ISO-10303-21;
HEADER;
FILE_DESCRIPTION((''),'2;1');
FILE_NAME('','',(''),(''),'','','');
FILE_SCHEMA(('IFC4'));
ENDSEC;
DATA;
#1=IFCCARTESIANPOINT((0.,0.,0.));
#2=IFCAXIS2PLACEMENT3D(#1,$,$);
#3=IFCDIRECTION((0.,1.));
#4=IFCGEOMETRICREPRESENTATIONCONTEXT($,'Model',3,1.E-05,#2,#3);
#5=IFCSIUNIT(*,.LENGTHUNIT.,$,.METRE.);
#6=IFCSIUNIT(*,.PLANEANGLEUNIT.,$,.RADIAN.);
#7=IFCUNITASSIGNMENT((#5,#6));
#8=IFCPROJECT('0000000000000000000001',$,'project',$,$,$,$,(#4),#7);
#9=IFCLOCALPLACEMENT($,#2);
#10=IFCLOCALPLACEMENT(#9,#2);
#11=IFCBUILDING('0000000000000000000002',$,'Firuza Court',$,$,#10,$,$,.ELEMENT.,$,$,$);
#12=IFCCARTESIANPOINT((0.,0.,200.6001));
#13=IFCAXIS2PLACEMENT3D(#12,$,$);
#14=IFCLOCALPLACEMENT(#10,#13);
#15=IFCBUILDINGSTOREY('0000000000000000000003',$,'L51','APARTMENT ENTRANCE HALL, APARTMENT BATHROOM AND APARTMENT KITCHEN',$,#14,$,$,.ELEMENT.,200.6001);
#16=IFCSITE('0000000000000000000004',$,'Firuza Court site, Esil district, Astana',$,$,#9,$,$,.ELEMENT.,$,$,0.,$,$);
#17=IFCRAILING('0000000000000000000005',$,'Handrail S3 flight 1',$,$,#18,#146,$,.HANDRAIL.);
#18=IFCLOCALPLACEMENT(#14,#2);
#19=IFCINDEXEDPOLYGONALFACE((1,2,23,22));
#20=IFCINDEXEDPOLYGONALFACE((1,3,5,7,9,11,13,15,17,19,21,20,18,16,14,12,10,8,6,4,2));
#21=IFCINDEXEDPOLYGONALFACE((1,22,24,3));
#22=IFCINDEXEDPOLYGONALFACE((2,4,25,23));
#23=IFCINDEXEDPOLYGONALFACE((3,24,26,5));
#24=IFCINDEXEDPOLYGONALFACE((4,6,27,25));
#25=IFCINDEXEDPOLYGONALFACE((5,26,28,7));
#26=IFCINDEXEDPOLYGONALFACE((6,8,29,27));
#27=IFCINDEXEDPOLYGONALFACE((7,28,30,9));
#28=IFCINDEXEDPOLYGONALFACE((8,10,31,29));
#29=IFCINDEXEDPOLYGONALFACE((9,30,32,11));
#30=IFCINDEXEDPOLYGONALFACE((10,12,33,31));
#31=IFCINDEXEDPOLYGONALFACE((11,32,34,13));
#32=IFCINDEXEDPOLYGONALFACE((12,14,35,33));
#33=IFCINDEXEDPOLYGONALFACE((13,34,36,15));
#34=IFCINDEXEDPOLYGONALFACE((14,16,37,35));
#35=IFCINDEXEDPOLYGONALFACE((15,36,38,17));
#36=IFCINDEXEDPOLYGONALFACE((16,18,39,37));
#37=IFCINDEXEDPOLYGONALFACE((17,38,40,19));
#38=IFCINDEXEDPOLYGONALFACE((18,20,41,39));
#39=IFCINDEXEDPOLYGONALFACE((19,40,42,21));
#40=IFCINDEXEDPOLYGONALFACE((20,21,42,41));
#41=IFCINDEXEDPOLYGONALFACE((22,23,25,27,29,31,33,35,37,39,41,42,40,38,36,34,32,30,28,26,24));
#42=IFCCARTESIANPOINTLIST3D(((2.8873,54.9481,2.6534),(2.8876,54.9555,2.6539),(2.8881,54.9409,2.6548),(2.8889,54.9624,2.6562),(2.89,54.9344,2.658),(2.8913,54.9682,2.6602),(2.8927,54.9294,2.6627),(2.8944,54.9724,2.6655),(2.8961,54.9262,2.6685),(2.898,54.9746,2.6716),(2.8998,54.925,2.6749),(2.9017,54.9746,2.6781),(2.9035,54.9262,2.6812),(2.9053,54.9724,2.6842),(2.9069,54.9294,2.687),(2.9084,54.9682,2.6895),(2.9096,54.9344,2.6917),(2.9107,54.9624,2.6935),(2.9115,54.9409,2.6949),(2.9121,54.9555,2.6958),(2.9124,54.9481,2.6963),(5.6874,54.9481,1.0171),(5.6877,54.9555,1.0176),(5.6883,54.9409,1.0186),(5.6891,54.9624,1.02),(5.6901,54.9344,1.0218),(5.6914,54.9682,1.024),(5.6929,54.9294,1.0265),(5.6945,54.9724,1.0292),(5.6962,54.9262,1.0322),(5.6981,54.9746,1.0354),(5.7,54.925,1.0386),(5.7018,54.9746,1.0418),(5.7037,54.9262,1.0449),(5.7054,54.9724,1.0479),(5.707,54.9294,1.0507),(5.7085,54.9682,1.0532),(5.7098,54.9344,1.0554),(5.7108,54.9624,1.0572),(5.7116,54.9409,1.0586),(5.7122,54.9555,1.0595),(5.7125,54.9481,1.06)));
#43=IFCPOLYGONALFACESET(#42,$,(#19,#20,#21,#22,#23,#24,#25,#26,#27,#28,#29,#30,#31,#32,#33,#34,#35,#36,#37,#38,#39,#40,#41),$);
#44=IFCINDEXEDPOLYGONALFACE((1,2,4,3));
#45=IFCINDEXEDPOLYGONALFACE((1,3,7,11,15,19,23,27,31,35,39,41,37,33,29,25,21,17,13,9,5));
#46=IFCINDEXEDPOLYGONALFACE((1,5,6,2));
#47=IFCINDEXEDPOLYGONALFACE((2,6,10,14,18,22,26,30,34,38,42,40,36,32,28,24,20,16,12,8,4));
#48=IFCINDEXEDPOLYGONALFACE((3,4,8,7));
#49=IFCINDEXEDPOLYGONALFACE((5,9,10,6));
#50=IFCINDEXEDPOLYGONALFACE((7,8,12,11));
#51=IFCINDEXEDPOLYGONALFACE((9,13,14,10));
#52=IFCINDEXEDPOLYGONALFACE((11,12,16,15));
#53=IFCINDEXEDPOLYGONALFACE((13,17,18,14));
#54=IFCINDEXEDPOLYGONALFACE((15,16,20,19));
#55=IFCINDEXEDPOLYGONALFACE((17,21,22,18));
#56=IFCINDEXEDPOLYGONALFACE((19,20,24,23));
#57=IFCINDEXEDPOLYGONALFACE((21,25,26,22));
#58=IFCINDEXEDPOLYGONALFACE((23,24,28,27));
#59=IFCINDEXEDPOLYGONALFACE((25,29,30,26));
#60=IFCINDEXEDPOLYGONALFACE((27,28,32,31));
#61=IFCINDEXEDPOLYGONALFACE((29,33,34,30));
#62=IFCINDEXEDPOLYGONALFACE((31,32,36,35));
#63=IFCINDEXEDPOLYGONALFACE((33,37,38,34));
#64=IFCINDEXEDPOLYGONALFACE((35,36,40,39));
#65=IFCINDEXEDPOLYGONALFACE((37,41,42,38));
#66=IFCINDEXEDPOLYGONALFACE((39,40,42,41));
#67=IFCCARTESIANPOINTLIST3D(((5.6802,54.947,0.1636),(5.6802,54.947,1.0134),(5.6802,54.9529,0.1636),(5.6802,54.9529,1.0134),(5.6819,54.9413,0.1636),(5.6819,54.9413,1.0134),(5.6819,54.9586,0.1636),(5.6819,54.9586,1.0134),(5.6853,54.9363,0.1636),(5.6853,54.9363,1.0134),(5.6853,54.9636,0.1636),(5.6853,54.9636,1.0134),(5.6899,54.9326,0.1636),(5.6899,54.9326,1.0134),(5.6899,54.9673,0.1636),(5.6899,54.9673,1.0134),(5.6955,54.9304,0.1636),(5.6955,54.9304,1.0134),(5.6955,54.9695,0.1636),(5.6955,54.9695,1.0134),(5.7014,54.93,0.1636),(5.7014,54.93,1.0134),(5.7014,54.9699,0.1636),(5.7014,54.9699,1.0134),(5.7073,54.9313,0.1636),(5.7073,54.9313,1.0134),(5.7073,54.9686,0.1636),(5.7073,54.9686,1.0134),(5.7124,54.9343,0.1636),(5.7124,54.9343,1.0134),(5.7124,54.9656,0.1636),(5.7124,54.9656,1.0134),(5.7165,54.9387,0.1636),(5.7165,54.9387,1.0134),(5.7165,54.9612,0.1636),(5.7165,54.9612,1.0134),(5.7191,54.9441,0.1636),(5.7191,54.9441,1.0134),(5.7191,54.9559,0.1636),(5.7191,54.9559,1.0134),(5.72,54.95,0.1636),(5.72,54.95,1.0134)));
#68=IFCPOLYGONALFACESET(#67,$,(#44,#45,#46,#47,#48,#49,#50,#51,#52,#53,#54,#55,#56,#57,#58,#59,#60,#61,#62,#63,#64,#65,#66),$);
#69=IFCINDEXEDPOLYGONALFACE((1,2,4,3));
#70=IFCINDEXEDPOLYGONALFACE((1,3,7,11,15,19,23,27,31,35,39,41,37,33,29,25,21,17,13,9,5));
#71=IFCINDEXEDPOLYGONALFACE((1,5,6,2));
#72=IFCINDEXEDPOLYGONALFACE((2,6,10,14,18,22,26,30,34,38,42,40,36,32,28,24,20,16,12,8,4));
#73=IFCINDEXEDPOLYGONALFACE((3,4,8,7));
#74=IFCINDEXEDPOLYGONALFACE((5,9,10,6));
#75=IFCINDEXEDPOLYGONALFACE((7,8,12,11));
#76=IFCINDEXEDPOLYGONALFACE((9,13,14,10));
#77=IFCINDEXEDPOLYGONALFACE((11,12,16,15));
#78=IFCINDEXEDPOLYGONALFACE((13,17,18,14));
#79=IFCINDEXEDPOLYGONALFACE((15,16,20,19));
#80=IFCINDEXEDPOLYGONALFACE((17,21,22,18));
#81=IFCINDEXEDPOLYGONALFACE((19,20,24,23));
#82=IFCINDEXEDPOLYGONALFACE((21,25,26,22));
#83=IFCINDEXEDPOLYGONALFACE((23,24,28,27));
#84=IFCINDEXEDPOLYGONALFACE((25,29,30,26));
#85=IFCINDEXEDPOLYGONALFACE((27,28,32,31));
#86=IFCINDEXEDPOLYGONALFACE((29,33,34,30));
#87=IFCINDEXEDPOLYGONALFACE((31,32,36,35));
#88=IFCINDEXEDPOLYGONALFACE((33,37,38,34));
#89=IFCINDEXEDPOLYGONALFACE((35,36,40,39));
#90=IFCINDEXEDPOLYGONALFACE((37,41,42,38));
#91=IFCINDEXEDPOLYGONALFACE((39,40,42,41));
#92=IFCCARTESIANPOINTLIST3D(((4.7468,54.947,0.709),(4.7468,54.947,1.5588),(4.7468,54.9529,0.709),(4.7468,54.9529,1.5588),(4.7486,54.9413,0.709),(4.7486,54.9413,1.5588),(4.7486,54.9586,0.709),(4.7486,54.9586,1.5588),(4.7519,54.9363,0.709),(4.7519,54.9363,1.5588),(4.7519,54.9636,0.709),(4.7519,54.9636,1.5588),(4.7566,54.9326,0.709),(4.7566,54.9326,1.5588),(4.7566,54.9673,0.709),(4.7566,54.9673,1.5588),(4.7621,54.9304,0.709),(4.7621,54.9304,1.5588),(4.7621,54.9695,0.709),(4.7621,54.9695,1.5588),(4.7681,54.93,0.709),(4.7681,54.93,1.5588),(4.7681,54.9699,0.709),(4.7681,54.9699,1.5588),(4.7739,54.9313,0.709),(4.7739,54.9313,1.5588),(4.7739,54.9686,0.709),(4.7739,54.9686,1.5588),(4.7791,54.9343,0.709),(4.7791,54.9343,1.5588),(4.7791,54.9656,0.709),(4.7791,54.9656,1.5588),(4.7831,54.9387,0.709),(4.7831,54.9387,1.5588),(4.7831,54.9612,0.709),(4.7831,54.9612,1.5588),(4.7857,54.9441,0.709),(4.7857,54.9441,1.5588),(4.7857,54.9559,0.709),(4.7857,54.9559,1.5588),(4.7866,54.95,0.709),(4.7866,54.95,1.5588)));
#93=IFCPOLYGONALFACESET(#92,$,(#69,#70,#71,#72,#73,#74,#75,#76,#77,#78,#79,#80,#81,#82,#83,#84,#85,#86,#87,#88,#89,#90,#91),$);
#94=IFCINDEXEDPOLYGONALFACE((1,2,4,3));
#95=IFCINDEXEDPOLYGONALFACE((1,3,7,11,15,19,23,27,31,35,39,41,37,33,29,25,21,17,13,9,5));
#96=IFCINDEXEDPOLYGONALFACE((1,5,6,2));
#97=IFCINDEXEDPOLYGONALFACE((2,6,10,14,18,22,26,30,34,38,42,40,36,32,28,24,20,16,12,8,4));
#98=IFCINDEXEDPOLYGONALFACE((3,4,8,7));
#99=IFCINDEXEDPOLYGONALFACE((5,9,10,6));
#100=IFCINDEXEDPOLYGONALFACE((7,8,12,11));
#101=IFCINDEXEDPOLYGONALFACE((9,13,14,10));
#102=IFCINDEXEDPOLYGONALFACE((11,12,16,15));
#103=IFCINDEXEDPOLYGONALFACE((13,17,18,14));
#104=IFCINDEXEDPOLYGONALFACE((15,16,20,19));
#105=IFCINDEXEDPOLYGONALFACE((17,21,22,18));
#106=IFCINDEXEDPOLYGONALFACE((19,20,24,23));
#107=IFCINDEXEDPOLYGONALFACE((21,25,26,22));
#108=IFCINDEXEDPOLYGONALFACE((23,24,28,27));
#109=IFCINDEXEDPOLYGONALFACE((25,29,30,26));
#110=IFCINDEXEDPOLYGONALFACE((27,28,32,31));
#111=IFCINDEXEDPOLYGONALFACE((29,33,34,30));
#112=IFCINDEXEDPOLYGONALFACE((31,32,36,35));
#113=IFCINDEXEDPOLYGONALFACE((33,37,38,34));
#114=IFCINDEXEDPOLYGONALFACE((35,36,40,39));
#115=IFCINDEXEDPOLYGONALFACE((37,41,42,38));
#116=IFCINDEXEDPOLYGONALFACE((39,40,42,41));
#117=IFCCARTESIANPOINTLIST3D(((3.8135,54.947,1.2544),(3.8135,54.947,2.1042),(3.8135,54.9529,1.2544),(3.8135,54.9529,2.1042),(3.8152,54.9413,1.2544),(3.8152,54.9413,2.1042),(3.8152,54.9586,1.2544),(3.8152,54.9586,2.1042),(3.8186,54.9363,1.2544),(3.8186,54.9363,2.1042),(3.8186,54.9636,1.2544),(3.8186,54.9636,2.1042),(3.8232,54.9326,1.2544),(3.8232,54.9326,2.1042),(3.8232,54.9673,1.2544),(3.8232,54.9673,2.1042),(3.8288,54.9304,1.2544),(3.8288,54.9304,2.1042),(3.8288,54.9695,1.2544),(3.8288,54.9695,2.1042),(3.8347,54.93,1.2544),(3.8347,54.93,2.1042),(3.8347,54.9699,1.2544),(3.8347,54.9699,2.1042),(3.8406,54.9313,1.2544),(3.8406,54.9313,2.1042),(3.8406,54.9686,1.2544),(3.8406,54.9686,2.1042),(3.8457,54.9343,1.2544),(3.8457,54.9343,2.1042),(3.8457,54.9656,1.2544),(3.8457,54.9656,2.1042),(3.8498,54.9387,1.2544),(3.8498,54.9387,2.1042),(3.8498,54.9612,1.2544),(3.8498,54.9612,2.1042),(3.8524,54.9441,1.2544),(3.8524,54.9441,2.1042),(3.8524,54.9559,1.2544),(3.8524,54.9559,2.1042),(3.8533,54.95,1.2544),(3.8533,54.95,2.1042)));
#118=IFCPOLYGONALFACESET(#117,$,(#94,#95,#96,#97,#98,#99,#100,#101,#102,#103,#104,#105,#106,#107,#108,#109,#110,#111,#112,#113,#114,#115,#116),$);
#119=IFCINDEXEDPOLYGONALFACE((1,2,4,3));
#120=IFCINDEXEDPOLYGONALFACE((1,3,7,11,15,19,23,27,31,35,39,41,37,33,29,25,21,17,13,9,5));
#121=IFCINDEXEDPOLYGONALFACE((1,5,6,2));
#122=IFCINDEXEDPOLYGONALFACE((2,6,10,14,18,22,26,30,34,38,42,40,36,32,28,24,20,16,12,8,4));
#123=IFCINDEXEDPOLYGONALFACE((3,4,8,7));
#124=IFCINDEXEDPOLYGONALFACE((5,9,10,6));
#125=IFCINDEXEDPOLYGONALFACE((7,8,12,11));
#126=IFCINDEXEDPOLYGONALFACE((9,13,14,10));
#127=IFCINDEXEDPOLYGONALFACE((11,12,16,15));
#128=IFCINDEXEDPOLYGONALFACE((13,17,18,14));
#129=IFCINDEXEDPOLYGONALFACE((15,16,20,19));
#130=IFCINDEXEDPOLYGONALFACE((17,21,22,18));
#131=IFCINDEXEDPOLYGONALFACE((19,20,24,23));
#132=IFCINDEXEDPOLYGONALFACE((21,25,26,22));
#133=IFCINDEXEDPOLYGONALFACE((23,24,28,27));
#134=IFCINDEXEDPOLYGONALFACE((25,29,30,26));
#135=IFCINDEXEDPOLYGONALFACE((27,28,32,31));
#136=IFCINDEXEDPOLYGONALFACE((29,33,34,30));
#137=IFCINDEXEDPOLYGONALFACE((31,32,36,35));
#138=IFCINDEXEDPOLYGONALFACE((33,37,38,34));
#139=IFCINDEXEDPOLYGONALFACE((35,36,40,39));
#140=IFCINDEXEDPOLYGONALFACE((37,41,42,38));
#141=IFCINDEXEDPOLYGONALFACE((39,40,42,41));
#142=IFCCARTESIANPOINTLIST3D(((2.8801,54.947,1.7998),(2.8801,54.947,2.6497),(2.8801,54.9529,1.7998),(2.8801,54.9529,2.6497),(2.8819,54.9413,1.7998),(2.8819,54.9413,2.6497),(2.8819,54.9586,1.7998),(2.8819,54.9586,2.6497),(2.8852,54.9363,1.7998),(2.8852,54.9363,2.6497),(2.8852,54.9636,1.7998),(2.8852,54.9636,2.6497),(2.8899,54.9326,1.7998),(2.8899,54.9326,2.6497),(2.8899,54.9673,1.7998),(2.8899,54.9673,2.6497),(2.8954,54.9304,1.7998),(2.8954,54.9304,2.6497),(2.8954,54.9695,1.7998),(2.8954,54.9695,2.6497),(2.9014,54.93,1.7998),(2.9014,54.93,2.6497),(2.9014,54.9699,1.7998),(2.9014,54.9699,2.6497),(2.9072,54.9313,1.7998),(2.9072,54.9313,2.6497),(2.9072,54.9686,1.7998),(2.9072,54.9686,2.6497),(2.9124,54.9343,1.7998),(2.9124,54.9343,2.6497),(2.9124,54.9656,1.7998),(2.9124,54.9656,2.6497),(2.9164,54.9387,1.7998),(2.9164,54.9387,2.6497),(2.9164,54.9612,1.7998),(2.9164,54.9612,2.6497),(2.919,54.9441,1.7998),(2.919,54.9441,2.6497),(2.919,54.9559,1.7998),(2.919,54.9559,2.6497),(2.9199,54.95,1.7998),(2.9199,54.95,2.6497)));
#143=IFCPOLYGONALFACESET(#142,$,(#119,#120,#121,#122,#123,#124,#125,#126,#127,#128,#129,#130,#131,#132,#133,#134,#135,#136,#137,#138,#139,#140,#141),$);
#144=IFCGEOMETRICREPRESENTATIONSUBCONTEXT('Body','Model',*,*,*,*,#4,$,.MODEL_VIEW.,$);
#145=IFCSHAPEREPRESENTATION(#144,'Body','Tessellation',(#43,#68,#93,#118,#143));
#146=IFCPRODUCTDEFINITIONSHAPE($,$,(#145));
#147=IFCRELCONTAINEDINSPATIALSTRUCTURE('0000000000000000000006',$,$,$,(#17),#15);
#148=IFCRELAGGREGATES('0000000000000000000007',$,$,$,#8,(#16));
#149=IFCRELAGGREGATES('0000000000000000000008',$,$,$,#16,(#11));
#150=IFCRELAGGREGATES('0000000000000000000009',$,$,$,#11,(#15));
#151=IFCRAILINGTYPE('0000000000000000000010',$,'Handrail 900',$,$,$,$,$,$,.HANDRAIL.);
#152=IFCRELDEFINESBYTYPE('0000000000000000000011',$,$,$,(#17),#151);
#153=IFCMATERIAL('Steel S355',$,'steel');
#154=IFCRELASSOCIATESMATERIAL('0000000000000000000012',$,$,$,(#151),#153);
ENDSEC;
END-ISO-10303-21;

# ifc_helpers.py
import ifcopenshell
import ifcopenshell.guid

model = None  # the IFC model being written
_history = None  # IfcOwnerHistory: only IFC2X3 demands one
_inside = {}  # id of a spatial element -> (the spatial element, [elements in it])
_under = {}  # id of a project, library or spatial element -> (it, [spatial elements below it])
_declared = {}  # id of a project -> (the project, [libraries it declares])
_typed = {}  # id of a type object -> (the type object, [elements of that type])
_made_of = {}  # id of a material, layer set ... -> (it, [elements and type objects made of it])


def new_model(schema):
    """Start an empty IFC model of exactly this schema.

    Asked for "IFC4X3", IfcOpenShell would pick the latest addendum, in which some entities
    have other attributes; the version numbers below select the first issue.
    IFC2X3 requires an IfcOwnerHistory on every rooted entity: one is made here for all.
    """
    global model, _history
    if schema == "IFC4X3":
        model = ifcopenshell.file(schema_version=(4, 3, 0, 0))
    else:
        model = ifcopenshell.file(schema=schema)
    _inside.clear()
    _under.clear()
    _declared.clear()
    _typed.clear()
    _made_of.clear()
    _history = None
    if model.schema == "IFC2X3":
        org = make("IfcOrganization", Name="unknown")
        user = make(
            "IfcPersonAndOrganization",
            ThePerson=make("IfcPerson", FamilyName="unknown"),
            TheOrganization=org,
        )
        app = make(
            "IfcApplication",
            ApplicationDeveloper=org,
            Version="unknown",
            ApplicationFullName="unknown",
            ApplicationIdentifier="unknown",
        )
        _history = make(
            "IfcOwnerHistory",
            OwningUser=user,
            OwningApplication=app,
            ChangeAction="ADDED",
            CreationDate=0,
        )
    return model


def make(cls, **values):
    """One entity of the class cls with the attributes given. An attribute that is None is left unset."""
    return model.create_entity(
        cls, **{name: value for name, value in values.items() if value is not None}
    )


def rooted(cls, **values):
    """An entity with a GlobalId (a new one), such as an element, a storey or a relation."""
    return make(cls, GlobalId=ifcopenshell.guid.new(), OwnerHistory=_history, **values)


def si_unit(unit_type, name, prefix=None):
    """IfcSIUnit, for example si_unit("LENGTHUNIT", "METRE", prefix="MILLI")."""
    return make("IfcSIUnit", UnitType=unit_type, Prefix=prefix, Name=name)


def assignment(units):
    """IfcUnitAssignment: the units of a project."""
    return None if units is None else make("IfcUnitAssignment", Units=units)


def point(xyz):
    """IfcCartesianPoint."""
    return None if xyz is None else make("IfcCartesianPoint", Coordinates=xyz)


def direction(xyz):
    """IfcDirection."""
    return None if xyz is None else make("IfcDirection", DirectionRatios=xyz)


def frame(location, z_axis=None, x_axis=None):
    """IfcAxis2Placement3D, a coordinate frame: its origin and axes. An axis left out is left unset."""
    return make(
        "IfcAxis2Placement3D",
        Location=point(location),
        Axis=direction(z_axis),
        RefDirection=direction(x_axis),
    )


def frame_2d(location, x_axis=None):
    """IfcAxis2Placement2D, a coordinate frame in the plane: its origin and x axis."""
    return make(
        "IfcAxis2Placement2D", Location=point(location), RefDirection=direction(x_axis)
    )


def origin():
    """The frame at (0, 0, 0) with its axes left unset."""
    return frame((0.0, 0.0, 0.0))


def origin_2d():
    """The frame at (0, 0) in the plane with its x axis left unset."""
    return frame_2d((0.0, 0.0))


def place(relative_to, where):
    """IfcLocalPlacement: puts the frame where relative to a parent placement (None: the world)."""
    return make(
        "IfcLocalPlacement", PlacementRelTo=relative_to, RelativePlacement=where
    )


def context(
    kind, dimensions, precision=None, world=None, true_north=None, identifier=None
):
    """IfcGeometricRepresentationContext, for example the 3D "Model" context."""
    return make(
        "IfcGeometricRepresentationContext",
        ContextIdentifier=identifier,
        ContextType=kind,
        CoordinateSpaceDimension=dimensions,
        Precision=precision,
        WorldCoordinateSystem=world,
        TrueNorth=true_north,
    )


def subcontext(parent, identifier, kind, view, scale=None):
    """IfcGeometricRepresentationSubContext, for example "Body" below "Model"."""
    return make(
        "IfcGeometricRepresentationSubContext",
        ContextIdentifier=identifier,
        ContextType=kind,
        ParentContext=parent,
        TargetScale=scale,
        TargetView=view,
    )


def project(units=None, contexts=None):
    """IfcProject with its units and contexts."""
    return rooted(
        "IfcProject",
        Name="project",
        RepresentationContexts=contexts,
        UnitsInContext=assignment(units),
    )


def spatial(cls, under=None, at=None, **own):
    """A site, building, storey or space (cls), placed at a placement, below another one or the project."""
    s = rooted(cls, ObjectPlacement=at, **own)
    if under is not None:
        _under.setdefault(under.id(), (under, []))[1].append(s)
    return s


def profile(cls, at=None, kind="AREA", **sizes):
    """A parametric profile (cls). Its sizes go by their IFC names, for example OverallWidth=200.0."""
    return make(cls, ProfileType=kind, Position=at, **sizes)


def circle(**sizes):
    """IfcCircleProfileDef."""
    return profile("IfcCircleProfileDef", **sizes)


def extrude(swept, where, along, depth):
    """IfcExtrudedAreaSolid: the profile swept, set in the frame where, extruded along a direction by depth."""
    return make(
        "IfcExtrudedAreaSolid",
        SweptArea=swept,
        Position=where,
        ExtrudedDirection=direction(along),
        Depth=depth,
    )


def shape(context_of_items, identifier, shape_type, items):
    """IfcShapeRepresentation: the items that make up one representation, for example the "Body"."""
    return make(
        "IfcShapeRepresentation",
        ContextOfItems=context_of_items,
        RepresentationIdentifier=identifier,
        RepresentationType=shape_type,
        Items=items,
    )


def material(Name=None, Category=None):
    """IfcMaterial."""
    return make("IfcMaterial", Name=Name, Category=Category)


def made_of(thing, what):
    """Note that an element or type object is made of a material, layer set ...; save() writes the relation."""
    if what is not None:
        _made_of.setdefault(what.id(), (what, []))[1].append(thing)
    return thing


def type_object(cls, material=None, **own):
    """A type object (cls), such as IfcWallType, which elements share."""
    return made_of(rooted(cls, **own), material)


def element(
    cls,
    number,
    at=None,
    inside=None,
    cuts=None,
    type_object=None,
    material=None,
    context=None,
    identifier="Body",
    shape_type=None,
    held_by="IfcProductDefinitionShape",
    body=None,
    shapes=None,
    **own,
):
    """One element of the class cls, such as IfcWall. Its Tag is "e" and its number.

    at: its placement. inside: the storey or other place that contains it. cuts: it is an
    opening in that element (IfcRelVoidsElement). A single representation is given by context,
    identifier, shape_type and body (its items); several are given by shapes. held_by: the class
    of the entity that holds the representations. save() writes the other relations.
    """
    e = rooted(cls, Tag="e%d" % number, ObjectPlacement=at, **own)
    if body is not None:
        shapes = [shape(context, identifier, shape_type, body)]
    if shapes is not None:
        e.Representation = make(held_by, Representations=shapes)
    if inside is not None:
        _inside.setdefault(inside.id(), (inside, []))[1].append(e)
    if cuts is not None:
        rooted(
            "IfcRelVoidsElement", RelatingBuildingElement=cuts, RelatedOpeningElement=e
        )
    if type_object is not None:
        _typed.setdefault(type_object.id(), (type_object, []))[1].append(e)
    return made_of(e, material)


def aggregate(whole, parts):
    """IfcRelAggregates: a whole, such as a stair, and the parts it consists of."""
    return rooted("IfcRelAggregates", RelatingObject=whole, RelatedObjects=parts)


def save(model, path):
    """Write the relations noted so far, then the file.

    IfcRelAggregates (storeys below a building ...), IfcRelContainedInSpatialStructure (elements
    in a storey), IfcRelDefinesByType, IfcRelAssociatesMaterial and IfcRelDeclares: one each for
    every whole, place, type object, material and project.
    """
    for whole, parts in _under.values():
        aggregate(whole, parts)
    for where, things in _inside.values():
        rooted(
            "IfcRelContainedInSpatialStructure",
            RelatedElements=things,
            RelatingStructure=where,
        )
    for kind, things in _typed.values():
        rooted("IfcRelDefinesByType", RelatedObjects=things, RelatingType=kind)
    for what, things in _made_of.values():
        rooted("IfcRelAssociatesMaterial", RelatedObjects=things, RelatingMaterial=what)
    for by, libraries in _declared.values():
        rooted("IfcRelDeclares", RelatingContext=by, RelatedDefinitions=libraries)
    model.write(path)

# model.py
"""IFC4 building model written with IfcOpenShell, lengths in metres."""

from ifc_helpers import new_model, si_unit, direction, frame, origin, origin_2d, place, context, subcontext, project, spatial, circle, extrude, material, type_object, element, save


model = new_model("IFC4")

# Units and contexts
model_context = context("Model", 3, precision=1e-05, world=origin(), true_north=direction((0.0, 1.0)))
body_context = subcontext(model_context, "Body", "Model", "MODEL_VIEW")
ifc_project = project(units=[si_unit("LENGTHUNIT", "METRE"), si_unit("PLANEANGLEUNIT", "RADIAN")], contexts=[model_context])

# Site, building, storey
site_placement = place(None, origin())
site = spatial("IfcSite", under=ifc_project, at=site_placement, Name="Firuza Court site, Esil district, Astana", CompositionType="ELEMENT", RefElevation=0.0)
building_placement = place(site_placement, origin())
building = spatial("IfcBuilding", under=site, at=building_placement, Name="Firuza Court", CompositionType="ELEMENT")
storey_placement = place(building_placement, frame((0.0, 0.0, 200.6001)))
storey = spatial("IfcBuildingStorey", under=building, at=storey_placement, Name="L51", Description="APARTMENT ENTRANCE HALL, APARTMENT BATHROOM AND APARTMENT KITCHEN", CompositionType="ELEMENT", Elevation=200.6001)

# Railing
ifc_material_1 = material(Name="Steel S355", Category="steel")
railing_type_1 = type_object("IfcRailingType", Name="Handrail 900", PredefinedType="HANDRAIL", material=ifc_material_1)
railing_1_placement = place(storey_placement, frame((5.7, 54.95, 0.1636)))
element("IfcRailing", 1, at=railing_1_placement, inside=storey, type_object=railing_type_1, Name="Handrail S3 flight 1", PredefinedType="HANDRAIL", context=body_context, shape_type="SweptSolid", body=[
    extrude(circle(Radius=0.0249, at=origin_2d()), frame((0.0, 0.0, 0.875), z_axis=(-0.863394, 0.0, 0.504531), x_axis=(0.0, -1.0, 0.0)), (0.0, 0.0, 1.0), 3.2432),
    extrude(circle(Radius=0.02, at=origin_2d()), origin(), (0.0, 0.0, 1.0), 0.8499),
    extrude(circle(Radius=0.02, at=origin_2d()), frame((-0.9333, 0.0, 0.5454)), (0.0, 0.0, 1.0), 0.8499),
    extrude(circle(Radius=0.02, at=origin_2d()), frame((-1.8667, 0.0, 1.0908)), (0.0, 0.0, 1.0), 0.8499),
    extrude(circle(Radius=0.02, at=origin_2d()), frame((-2.8, 0.0, 1.6362)), (0.0, 0.0, 1.0), 0.8499),
])

save(model, "model.ifc")
